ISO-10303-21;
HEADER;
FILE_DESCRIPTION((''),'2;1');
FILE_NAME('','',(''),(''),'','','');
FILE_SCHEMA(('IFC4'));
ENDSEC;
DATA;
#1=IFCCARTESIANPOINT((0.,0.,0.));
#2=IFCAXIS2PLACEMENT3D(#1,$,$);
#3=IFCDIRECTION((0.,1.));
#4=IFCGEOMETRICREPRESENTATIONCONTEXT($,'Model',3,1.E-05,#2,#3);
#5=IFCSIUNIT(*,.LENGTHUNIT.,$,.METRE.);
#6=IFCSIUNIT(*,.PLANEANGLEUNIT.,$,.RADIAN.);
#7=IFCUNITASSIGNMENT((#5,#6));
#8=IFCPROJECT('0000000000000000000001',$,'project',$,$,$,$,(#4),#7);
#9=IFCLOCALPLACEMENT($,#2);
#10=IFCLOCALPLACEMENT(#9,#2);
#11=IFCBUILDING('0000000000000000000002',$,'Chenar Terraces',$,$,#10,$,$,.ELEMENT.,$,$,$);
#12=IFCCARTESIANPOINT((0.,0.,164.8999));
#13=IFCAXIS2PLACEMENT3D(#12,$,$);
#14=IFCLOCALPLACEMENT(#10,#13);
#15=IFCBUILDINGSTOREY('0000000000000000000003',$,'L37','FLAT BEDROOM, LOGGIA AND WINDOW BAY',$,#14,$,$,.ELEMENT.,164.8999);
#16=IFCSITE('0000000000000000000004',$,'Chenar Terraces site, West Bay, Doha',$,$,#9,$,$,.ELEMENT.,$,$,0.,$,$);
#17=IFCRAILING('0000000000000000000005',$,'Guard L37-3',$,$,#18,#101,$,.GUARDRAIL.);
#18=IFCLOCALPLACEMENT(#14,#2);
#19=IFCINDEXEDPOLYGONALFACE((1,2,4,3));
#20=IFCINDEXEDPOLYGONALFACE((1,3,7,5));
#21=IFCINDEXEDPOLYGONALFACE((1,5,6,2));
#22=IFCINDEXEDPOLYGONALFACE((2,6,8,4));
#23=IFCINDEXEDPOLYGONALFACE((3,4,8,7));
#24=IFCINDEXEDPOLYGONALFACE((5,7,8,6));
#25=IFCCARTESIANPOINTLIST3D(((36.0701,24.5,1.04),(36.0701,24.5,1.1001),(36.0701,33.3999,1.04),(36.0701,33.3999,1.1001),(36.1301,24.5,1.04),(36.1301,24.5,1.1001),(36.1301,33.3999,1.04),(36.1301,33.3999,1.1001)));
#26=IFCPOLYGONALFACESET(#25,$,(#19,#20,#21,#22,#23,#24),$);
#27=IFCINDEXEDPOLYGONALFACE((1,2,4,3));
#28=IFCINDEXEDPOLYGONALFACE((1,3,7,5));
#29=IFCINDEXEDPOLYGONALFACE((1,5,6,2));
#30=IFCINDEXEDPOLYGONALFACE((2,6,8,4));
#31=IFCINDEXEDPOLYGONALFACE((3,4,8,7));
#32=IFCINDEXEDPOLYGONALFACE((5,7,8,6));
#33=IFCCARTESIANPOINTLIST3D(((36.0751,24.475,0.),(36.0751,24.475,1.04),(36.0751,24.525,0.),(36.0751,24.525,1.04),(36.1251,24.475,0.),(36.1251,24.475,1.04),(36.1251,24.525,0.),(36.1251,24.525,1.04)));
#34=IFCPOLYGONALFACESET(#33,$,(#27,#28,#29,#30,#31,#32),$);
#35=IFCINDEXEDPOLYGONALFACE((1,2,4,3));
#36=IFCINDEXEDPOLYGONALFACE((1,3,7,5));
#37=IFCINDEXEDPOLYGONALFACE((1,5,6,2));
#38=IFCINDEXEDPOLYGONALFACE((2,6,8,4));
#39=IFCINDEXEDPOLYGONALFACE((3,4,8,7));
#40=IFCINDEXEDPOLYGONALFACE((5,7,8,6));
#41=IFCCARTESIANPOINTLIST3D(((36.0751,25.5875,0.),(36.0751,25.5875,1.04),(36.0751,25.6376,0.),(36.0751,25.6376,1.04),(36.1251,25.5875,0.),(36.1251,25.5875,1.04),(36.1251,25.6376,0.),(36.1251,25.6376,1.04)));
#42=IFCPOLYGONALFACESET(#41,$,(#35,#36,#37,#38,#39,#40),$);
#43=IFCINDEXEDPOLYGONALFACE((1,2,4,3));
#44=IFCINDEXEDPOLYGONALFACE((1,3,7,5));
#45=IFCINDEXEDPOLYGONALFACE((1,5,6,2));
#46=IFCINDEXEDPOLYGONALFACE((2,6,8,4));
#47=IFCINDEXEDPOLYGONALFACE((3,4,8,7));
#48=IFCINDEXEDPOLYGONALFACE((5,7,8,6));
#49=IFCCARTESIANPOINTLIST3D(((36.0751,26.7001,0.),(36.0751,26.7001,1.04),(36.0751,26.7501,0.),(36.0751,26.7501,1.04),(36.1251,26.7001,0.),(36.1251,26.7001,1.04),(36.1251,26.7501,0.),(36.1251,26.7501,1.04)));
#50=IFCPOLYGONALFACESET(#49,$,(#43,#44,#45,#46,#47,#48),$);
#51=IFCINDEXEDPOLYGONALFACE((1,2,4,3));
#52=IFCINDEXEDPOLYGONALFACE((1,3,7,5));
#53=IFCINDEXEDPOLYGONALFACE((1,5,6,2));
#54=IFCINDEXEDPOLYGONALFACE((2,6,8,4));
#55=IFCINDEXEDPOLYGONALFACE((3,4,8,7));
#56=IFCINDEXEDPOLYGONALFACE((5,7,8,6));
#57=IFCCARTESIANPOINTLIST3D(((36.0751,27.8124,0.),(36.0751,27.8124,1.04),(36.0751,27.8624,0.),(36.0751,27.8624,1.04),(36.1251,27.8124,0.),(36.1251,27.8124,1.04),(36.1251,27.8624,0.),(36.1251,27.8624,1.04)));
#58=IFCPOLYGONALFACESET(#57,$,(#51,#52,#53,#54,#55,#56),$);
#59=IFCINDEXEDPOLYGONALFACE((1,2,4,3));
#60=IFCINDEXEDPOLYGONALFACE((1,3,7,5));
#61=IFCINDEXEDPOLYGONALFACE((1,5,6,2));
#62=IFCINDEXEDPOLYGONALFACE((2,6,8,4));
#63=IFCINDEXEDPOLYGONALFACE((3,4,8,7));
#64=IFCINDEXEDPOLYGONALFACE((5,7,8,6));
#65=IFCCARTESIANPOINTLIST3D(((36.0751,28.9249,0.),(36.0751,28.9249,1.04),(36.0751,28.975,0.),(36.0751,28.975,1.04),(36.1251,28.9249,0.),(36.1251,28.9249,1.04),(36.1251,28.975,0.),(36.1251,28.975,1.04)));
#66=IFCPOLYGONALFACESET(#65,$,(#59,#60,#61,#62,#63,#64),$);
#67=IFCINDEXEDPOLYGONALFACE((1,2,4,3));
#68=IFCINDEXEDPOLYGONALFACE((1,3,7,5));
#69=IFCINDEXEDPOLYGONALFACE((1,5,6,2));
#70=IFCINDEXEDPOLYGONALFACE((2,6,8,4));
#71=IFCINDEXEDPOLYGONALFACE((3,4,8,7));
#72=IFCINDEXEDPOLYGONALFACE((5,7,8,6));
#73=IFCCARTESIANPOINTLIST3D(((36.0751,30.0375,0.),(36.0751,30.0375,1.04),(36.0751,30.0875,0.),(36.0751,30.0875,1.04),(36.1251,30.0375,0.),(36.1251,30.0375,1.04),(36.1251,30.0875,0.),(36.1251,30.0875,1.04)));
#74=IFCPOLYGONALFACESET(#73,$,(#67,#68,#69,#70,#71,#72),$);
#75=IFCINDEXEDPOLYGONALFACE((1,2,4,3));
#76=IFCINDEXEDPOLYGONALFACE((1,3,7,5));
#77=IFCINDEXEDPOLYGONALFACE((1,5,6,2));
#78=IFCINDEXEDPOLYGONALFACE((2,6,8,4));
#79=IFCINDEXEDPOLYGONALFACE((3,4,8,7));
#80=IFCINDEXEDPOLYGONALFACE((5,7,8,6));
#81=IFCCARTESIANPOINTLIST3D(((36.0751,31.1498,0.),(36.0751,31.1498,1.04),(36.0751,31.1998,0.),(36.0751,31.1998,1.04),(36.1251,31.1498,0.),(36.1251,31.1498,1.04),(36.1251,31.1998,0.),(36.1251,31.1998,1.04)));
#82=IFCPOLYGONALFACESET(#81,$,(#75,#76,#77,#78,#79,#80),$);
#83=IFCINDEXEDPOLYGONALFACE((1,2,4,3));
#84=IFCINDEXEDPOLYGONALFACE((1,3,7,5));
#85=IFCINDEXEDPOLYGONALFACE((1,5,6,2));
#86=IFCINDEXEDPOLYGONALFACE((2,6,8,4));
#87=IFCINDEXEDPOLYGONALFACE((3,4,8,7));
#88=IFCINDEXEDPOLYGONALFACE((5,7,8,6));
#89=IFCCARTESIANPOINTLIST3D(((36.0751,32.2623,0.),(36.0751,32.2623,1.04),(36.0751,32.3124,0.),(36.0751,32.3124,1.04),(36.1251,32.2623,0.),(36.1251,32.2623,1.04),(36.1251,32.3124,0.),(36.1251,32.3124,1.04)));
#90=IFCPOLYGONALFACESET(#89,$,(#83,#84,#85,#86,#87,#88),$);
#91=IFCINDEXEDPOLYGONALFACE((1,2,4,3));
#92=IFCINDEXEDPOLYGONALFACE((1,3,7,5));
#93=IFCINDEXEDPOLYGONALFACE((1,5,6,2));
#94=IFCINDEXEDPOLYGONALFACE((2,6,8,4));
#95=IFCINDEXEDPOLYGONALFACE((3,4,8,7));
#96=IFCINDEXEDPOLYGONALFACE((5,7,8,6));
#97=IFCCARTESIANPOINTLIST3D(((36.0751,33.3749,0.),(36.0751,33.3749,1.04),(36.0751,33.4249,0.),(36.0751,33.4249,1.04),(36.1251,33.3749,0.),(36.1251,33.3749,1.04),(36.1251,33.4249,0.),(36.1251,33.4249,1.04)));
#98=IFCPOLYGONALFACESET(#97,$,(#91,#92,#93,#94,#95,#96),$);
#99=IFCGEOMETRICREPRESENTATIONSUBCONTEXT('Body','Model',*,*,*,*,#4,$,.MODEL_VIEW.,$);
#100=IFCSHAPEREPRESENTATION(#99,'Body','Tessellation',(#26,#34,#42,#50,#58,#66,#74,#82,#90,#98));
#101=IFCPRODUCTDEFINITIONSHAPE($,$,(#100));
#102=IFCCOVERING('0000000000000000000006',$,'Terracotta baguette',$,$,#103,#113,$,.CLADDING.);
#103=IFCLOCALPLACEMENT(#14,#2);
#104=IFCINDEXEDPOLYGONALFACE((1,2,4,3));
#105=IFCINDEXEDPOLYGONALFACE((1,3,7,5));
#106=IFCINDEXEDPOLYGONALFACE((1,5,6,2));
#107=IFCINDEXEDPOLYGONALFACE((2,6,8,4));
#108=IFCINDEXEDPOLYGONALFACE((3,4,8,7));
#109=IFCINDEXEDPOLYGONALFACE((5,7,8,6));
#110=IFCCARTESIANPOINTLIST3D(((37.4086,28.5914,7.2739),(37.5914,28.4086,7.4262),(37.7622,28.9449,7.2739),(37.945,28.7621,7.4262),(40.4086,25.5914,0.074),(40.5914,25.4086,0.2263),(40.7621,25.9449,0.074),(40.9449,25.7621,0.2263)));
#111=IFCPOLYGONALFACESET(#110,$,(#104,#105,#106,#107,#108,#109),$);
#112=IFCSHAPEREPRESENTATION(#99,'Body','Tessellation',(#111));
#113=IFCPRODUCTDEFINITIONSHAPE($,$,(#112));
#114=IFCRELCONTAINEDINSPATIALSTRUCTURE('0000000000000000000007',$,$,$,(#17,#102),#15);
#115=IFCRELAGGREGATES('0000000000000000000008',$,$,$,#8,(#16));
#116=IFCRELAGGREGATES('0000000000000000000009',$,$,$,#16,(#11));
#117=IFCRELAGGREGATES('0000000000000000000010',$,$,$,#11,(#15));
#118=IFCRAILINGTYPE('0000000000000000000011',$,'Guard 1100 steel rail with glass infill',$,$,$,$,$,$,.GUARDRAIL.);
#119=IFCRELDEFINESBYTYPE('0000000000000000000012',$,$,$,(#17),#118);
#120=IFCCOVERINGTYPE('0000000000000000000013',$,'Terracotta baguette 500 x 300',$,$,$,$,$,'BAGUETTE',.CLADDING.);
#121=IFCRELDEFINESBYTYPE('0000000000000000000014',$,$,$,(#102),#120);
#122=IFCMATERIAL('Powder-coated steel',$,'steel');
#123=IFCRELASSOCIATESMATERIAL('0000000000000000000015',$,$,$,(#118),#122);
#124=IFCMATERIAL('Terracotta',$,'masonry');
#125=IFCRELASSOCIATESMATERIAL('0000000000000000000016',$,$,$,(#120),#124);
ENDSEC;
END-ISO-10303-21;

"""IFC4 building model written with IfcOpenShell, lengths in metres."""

from ifc_helpers import new_model, si_unit, direction, frame, origin, origin_2d, place, context, subcontext, project, spatial, rectangle, extrude, material, material_profile, profile_set, type_object, element, save


model = new_model("IFC4")

# Units and contexts
model_context = context("Model", 3, precision=1e-05, world=origin(), true_north=direction((0.0, 1.0)))
body_context = subcontext(model_context, "Body", "Model", "MODEL_VIEW")
ifc_project = project(units=[si_unit("LENGTHUNIT", "METRE"), si_unit("PLANEANGLEUNIT", "RADIAN")], contexts=[model_context])

# Site, building, storey
site_placement = place(None, origin())
site = spatial("IfcSite", under=ifc_project, at=site_placement, Name="Chenar Terraces site, West Bay, Doha", CompositionType="ELEMENT", RefElevation=0.0)
building_placement = place(site_placement, origin())
building = spatial("IfcBuilding", under=site, at=building_placement, Name="Chenar Terraces", CompositionType="ELEMENT")
storey_placement = place(building_placement, frame((0.0, 0.0, 164.8999)))
storey = spatial("IfcBuildingStorey", under=building, at=storey_placement, Name="L37", Description="FLAT BEDROOM, LOGGIA AND WINDOW BAY", CompositionType="ELEMENT", Elevation=164.8999)

# Railing
ifc_material_1 = material(Name="Powder-coated steel", Category="steel")
railing_type = type_object("IfcRailingType", Name="Guard 1100 steel rail with glass infill", PredefinedType="GUARDRAIL", material=ifc_material_1)
railing_placement = place(storey_placement, frame((36.1001, 24.5, 0.0)))
element("IfcRailing", 1, at=railing_placement, inside=storey, type_object=railing_type, Name="Guard L37-3", PredefinedType="GUARDRAIL", context=body_context, shape_type="SweptSolid", body=[
    extrude(rectangle(XDim=0.0601, YDim=0.0601, at=origin_2d()), frame((0.0, 0.0, 1.0701), z_axis=(0.0, 1.0, 0.0), x_axis=(-1.0, 0.0, 0.0)), (0.0, 0.0, 1.0), 8.8999),
    extrude(rectangle(XDim=0.05, YDim=0.05, at=origin_2d()), origin(), (0.0, 0.0, 1.0), 1.04),
    extrude(rectangle(XDim=0.05, YDim=0.05, at=origin_2d()), frame((0.0, 1.1125, 0.0)), (0.0, 0.0, 1.0), 1.04),
    extrude(rectangle(XDim=0.05, YDim=0.05, at=origin_2d()), frame((0.0, 2.2251, 0.0)), (0.0, 0.0, 1.0), 1.04),
    extrude(rectangle(XDim=0.05, YDim=0.05, at=origin_2d()), frame((0.0, 3.3374, 0.0)), (0.0, 0.0, 1.0), 1.04),
    extrude(rectangle(XDim=0.05, YDim=0.05, at=origin_2d()), frame((0.0, 4.45, 0.0)), (0.0, 0.0, 1.0), 1.04),
    extrude(rectangle(XDim=0.05, YDim=0.05, at=origin_2d()), frame((0.0, 5.5625, 0.0)), (0.0, 0.0, 1.0), 1.04),
    extrude(rectangle(XDim=0.05, YDim=0.05, at=origin_2d()), frame((0.0, 6.6748, 0.0)), (0.0, 0.0, 1.0), 1.04),
    extrude(rectangle(XDim=0.05, YDim=0.05, at=origin_2d()), frame((0.0, 7.7874, 0.0)), (0.0, 0.0, 1.0), 1.04),
    extrude(rectangle(XDim=0.05, YDim=0.05, at=origin_2d()), frame((0.0, 8.8999, 0.0)), (0.0, 0.0, 1.0), 1.04),
])

# Covering
ifc_material_2 = material(Name="Terracotta", Category="masonry")
ifc_material_profile_1 = material_profile(ifc_material_2, rectangle(XDim=0.5, YDim=0.3, at=origin_2d()), Name="Terracotta baguette 500 x 300")
ifc_profile_set_1 = profile_set([ifc_material_profile_1], Name="Terracotta")
covering_type = type_object("IfcCoveringType", Name="Terracotta baguette 500 x 300", ElementType="BAGUETTE", PredefinedType="CLADDING", material=ifc_profile_set_1)
covering_placement = place(storey_placement, frame((40.6768, 25.6768, 0.1501), z_axis=(-0.358981, 0.358981, 0.861548), x_axis=(-0.707107, -0.707107, 0.0)))
element("IfcCovering", 2, at=covering_placement, inside=storey, type_object=covering_type, Name="Terracotta baguette", PredefinedType="CLADDING", context=body_context, shape_type="SweptSolid", body=[
    extrude(rectangle(XDim=0.5, YDim=0.3, at=origin_2d()), origin(), (0.0, 0.0, 1.0), 8.3569),
])

save(model, "model.ifc")
